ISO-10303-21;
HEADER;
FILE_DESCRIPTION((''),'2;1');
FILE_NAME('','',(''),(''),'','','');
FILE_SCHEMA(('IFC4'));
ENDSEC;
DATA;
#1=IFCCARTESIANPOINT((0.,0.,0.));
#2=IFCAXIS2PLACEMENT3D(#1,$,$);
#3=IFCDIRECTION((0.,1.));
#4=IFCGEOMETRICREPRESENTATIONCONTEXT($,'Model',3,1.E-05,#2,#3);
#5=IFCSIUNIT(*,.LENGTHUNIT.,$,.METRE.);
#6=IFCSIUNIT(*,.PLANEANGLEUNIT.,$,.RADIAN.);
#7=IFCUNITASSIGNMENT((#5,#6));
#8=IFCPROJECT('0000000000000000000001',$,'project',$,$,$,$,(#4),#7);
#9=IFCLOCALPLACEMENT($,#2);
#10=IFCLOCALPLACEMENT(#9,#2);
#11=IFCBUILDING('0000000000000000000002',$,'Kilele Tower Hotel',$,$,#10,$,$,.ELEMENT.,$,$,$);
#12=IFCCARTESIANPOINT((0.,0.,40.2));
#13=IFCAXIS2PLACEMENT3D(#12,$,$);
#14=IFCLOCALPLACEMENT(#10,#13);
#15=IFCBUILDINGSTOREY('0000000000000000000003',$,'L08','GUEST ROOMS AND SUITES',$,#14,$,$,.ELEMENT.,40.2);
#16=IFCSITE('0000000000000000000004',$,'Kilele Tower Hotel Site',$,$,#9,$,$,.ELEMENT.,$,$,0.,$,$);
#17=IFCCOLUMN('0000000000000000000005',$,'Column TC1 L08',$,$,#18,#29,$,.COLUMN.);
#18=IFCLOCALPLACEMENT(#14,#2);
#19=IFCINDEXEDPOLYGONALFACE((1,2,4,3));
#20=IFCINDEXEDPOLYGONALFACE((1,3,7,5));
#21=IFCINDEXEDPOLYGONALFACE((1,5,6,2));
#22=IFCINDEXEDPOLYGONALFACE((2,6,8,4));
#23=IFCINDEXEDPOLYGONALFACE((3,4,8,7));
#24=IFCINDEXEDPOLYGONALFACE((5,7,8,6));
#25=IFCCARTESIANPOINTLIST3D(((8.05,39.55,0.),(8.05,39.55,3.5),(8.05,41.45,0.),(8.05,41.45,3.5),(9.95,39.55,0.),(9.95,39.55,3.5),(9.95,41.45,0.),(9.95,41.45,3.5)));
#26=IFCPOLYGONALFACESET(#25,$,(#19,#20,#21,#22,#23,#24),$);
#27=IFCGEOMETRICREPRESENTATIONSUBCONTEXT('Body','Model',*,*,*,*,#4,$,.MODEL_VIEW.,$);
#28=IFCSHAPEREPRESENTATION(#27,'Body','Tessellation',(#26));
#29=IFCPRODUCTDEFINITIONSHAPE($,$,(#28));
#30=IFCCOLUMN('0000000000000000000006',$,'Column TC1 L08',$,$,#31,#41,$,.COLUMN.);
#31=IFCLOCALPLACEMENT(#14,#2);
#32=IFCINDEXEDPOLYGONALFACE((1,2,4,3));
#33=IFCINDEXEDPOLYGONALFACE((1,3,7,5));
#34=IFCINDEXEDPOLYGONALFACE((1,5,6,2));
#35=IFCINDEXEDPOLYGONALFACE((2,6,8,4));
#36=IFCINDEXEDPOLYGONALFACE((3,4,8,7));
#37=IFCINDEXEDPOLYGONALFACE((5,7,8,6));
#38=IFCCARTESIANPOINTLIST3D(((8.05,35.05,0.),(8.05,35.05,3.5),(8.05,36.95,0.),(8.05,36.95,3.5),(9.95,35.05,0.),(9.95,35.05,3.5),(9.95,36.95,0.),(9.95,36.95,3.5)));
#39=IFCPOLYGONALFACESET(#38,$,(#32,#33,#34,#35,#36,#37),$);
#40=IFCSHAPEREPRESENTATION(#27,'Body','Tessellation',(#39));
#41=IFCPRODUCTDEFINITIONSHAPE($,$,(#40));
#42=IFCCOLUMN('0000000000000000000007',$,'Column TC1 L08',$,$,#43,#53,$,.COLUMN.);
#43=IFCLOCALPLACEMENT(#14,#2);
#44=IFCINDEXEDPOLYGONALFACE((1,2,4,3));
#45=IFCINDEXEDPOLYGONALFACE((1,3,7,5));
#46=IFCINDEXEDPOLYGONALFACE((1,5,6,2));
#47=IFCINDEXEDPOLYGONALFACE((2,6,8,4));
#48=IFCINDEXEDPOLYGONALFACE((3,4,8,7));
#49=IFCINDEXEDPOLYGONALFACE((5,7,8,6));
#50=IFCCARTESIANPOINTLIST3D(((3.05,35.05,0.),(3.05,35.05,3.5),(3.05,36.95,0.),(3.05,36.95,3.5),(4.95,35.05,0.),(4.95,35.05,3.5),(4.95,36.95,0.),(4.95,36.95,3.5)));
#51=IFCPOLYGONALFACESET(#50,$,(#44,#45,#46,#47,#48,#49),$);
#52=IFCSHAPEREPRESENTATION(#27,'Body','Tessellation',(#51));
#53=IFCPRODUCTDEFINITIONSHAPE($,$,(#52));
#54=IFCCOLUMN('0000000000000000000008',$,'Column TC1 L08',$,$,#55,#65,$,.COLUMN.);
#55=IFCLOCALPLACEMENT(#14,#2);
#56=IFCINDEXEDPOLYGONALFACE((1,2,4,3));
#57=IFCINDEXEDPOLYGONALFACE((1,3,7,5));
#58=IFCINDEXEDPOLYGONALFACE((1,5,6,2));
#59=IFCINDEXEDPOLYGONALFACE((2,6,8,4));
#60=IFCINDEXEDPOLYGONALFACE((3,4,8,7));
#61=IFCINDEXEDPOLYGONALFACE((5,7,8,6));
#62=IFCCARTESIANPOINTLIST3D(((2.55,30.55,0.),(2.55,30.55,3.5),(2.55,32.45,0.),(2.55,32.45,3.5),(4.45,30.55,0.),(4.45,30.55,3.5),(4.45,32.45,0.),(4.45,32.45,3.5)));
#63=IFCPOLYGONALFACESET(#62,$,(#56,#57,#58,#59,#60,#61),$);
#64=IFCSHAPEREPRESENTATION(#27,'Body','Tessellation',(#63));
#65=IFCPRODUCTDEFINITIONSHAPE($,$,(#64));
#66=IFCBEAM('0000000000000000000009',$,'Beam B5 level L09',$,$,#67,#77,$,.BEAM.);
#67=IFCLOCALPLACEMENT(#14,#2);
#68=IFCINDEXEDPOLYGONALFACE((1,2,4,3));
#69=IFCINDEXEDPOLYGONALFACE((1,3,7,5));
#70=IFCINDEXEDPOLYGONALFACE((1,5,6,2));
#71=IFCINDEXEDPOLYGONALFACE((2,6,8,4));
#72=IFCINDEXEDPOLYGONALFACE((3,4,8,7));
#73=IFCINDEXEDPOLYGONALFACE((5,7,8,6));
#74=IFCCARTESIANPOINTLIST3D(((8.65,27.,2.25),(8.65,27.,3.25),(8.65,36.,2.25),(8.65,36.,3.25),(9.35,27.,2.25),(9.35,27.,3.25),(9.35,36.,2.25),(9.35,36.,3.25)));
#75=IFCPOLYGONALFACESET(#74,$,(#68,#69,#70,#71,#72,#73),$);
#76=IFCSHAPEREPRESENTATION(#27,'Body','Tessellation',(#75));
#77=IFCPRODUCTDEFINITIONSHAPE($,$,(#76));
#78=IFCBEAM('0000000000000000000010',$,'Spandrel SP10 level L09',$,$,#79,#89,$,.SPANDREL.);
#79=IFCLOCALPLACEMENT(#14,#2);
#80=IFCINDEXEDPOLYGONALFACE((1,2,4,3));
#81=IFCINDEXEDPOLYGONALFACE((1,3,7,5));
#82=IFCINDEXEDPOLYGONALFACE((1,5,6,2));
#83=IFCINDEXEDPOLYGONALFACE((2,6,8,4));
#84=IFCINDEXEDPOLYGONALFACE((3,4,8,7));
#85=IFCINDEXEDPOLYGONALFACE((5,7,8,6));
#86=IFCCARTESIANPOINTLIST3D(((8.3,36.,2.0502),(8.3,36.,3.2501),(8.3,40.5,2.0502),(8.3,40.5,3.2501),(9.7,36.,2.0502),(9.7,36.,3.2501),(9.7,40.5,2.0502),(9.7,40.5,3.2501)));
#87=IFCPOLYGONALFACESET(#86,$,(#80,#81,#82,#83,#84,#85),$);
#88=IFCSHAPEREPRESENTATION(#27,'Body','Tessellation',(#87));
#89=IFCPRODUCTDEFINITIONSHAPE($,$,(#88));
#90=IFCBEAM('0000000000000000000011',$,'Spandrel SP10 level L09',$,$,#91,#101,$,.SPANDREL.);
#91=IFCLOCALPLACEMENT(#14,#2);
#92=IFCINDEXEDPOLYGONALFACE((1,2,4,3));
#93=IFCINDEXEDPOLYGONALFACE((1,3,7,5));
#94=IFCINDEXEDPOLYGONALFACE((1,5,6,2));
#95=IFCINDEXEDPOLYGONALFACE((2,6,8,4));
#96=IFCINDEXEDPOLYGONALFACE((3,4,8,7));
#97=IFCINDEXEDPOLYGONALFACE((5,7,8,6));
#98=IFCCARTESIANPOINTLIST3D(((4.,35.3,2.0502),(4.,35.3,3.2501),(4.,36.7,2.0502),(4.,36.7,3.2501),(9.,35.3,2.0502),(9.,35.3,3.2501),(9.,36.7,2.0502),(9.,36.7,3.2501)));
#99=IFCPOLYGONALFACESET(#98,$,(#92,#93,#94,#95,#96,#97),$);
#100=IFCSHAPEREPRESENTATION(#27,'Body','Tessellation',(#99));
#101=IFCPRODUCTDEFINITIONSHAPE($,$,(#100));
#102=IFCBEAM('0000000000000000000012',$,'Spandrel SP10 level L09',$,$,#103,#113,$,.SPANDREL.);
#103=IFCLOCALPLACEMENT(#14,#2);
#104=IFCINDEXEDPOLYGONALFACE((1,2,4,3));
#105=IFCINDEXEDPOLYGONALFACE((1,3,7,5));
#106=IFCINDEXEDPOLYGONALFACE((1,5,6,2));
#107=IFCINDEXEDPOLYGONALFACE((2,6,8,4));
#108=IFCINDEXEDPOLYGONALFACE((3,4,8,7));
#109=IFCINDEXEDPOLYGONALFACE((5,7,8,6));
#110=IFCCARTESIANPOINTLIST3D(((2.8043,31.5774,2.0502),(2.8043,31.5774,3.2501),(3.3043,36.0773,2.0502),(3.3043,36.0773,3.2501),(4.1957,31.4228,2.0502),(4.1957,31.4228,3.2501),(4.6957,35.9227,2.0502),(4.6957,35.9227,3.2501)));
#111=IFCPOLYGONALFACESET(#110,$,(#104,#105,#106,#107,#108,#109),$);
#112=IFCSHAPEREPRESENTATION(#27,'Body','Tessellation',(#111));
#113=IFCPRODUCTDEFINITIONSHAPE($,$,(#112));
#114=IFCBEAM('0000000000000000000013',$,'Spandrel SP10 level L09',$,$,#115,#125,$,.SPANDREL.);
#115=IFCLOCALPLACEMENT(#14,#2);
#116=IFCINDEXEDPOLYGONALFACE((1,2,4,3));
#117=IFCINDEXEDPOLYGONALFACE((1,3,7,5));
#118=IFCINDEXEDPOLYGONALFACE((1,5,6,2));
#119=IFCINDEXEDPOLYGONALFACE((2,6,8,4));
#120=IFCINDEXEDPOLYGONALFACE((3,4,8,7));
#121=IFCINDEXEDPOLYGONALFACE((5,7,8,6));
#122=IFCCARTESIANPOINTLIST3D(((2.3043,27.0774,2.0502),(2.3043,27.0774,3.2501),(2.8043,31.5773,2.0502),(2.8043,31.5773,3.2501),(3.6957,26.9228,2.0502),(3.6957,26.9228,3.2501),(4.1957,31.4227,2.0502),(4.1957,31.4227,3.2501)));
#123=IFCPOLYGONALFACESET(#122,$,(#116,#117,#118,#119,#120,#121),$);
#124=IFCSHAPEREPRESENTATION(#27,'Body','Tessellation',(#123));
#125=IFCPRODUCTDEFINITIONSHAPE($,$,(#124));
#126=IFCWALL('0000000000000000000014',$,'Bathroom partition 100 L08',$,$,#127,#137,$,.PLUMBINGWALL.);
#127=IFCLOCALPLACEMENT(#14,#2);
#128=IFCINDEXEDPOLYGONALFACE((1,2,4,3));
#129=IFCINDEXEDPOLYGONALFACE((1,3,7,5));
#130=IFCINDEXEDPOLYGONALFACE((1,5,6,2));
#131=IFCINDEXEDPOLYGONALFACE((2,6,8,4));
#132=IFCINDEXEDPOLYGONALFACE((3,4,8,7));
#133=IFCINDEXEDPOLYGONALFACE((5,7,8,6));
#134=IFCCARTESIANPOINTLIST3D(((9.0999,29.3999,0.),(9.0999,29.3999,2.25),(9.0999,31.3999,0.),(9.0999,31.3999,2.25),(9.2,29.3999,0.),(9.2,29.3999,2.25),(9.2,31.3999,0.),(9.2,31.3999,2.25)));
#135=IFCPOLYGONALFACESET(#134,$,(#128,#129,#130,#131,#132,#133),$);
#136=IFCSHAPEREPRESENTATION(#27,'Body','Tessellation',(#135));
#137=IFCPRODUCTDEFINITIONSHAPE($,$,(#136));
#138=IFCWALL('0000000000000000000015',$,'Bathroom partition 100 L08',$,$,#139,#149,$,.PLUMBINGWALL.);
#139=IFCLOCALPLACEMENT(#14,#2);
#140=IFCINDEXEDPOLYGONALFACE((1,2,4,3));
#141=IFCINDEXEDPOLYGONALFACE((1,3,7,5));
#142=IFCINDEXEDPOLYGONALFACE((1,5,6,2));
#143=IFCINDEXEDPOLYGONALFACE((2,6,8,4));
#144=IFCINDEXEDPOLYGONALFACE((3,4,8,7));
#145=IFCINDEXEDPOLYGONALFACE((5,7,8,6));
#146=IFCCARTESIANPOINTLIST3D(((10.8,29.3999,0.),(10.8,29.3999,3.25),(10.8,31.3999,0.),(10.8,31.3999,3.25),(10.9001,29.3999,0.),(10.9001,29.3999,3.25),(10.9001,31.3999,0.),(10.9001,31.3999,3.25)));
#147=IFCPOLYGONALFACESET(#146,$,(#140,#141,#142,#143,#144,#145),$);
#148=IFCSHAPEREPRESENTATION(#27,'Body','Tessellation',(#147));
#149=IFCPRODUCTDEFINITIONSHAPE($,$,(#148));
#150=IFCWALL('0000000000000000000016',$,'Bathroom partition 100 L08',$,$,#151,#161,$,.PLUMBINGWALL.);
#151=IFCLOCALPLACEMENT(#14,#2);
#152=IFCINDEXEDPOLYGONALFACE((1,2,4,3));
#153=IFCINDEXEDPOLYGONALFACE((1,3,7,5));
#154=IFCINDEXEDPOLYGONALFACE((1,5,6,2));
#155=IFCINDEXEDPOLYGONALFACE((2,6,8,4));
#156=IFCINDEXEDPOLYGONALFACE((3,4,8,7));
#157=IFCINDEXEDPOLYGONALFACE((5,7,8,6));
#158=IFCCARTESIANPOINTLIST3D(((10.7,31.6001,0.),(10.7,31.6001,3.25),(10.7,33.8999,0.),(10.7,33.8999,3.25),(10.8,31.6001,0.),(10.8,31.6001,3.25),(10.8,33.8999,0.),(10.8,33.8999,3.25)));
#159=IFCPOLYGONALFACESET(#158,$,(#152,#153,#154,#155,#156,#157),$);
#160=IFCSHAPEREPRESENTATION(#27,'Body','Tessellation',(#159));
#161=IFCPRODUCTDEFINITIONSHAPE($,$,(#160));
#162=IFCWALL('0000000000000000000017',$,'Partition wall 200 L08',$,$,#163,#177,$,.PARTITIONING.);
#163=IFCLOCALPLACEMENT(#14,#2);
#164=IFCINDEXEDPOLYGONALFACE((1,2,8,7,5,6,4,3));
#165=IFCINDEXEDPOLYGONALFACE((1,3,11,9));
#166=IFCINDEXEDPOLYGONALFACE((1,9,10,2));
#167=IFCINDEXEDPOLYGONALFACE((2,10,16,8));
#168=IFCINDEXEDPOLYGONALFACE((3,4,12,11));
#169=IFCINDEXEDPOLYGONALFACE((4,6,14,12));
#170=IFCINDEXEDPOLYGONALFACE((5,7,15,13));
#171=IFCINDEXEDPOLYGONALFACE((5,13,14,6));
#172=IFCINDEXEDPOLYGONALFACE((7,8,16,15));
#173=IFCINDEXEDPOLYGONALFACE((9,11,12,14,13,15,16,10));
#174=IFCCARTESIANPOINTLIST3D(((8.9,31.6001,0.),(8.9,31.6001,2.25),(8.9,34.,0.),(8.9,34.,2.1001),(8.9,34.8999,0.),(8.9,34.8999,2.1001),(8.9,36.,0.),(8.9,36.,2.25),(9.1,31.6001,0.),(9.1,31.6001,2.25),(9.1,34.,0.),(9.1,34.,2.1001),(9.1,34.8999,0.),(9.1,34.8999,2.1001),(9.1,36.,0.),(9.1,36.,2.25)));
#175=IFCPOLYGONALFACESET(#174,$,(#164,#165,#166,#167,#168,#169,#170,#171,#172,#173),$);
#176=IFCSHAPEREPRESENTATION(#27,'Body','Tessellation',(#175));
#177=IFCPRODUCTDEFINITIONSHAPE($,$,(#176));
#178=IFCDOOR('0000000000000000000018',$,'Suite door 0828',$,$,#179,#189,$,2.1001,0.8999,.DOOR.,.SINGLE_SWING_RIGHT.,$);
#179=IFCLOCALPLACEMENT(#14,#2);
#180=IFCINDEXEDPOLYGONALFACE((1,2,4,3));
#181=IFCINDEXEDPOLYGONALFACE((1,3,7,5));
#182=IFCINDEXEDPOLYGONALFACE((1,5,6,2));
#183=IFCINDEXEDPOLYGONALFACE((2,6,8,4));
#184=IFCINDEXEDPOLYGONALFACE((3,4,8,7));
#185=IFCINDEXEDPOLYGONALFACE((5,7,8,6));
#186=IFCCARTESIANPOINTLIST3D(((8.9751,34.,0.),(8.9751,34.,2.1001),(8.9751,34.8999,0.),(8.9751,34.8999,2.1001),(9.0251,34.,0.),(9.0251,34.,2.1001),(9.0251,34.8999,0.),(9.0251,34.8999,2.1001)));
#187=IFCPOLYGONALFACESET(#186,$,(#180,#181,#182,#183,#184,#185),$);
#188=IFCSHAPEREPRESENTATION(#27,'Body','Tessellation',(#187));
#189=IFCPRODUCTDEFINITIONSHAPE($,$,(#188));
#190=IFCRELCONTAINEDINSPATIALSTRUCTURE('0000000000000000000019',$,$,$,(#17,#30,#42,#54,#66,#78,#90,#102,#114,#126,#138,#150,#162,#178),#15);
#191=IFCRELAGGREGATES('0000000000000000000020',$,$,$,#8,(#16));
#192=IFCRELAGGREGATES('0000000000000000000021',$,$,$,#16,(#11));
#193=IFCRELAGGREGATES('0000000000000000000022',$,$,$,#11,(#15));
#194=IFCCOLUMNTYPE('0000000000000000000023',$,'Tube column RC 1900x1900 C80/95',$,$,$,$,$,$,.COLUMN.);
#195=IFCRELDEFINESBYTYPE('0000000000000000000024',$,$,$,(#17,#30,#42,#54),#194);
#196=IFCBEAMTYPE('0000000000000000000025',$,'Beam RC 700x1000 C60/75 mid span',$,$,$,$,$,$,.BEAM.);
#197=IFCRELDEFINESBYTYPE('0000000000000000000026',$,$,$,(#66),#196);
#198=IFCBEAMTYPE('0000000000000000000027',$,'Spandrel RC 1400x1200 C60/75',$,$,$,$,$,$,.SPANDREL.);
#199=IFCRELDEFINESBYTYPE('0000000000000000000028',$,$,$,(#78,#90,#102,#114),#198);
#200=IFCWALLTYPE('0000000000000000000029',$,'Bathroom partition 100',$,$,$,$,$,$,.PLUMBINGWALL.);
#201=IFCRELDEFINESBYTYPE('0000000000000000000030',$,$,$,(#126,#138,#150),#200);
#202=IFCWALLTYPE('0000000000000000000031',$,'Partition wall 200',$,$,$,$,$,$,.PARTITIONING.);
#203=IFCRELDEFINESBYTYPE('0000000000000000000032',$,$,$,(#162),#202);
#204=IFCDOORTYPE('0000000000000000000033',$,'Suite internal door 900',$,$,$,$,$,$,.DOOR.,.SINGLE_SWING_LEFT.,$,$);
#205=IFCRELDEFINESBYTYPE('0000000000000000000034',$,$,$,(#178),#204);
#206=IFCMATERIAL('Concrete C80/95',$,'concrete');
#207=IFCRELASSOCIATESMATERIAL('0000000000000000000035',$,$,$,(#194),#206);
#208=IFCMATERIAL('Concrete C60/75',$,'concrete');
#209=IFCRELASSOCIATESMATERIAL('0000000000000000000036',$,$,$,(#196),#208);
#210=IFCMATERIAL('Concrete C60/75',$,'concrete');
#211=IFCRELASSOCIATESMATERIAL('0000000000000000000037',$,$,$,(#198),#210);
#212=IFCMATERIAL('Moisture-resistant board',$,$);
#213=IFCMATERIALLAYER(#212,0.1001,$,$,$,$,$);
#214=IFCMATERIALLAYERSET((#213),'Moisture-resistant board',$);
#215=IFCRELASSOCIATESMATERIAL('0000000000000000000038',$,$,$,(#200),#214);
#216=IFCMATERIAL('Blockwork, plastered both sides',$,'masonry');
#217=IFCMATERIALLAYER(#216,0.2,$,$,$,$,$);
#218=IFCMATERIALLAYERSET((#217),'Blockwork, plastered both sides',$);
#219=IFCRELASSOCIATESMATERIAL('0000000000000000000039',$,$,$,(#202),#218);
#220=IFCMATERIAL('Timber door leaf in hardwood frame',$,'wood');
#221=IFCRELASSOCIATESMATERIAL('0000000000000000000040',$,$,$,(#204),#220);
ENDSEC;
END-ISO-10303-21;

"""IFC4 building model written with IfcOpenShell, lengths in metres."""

from ifc_helpers import new_model, si_unit, direction, frame, frame_2d, origin, origin_2d, place, context, subcontext, project, spatial, rectangle, extrude, material, layer, layer_set, material_profile, profile_set, type_object, element, fill, save


model = new_model("IFC4")

# Units and contexts
model_context = context("Model", 3, precision=1e-05, world=origin(), true_north=direction((0.0, 1.0)))
body_context = subcontext(model_context, "Body", "Model", "MODEL_VIEW")
ifc_project = project(units=[si_unit("LENGTHUNIT", "METRE"), si_unit("PLANEANGLEUNIT", "RADIAN")], contexts=[model_context])

# Site, building, storey
site_placement = place(None, origin())
site = spatial("IfcSite", under=ifc_project, at=site_placement, Name="Kilele Tower Hotel Site", CompositionType="ELEMENT", RefElevation=0.0)
building_placement = place(site_placement, origin())
building = spatial("IfcBuilding", under=site, at=building_placement, Name="Kilele Tower Hotel", CompositionType="ELEMENT")
storey_placement = place(building_placement, frame((0.0, 0.0, 40.2)))
storey = spatial("IfcBuildingStorey", under=building, at=storey_placement, Name="L08", Description="GUEST ROOMS AND SUITES", CompositionType="ELEMENT", Elevation=40.2)

# Columns
ifc_material_1 = material(Name="Concrete C80/95", Category="concrete")
ifc_material_profile_1 = material_profile(ifc_material_1, rectangle(XDim=1.8999, YDim=1.8999, at=origin_2d()))
ifc_profile_set_1 = profile_set([ifc_material_profile_1], Name="Concrete C80/95")
column_type = type_object("IfcColumnType", Name="Tube column RC 1900x1900 C80/95", PredefinedType="COLUMN", material=ifc_profile_set_1)
for number, where, z_axis, x_axis, name in (
    (1, (9.0, 40.5, 0.0), (0.0, 0.0, 1.0), (1.0, 0.0, 0.0), "Column TC1 L08"),
    (2, (9.0, 36.0, 0.0), (0.0, 0.0, 1.0), (1.0, 0.0, 0.0), "Column TC1 L08"),
    (3, (4.0, 36.0, 0.0), (0.0, 0.0, 1.0), (1.0, 0.0, 0.0), "Column TC1 L08"),
    (4, (3.5, 31.5, 0.0), (0.0, 0.0, 1.0), (1.0, 0.0, 0.0), "Column TC1 L08"),
):
    element("IfcColumn", number, at=place(storey_placement, frame(where, z_axis=z_axis, x_axis=x_axis)), inside=storey, type_object=column_type, Name=name, PredefinedType="COLUMN", context=body_context, shape_type="SweptSolid", body=[
        extrude(rectangle(XDim=1.8999, YDim=1.8999, at=origin_2d()), origin(), (0.0, 0.0, 1.0), 3.5),
    ])

# Beams
ifc_material_2 = material(Name="Concrete C60/75", Category="concrete")
ifc_material_profile_2 = material_profile(ifc_material_2, rectangle(XDim=0.7, YDim=1.0, at=origin_2d()))
ifc_profile_set_2 = profile_set([ifc_material_profile_2], Name="Concrete C60/75")
beam_type_1 = type_object("IfcBeamType", Name="Beam RC 700x1000 C60/75 mid span", PredefinedType="BEAM", material=ifc_profile_set_2)
beam_1_placement = place(storey_placement, frame((9.0, 36.0, 2.75), z_axis=(0.0, -1.0, 0.0), x_axis=(1.0, 0.0, 0.0)))
element("IfcBeam", 5, at=beam_1_placement, inside=storey, type_object=beam_type_1, Name="Beam B5 level L09", PredefinedType="BEAM", context=body_context, shape_type="SweptSolid", body=[
    extrude(rectangle(XDim=0.7, YDim=1.0, at=origin_2d()), origin(), (0.0, 0.0, 1.0), 9.0),
])
ifc_material_3 = material(Name="Concrete C60/75", Category="concrete")
ifc_material_profile_3 = material_profile(ifc_material_3, rectangle(XDim=1.3999, YDim=1.2, at=origin_2d()))
ifc_profile_set_3 = profile_set([ifc_material_profile_3], Name="Concrete C60/75")
beam_type_2 = type_object("IfcBeamType", Name="Spandrel RC 1400x1200 C60/75", PredefinedType="SPANDREL", material=ifc_profile_set_3)
beam_2_placement = place(storey_placement, frame((9.0, 40.5, 2.6501), z_axis=(0.0, -1.0, 0.0), x_axis=(1.0, 0.0, 0.0)))
element("IfcBeam", 6, at=beam_2_placement, inside=storey, type_object=beam_type_2, Name="Spandrel SP10 level L09", PredefinedType="SPANDREL", context=body_context, shape_type="SweptSolid", body=[
    extrude(rectangle(XDim=1.3999, YDim=1.2, at=origin_2d()), origin(), (0.0, 0.0, 1.0), 4.5),
])
beam_3_placement = place(storey_placement, frame((9.0, 36.0, 2.6501), z_axis=(-1.0, 0.0, 0.0), x_axis=(0.0, -1.0, 0.0)))
element("IfcBeam", 7, at=beam_3_placement, inside=storey, type_object=beam_type_2, Name="Spandrel SP10 level L09", PredefinedType="SPANDREL", context=body_context, shape_type="SweptSolid", body=[
    extrude(rectangle(XDim=1.3999, YDim=1.2, at=origin_2d()), origin(), (0.0, 0.0, 1.0), 5.0),
])
for number, where, z_axis, x_axis, name in (
    (8, (4.0, 36.0, 2.6501), (-0.110432, -0.993884, 0.0), (0.993884, -0.110432, 0.0), "Spandrel SP10 level L09"),
    (9, (3.5, 31.5, 2.6501), (-0.110432, -0.993884, 0.0), (0.993884, -0.110432, 0.0), "Spandrel SP10 level L09"),
):
    element("IfcBeam", number, at=place(storey_placement, frame(where, z_axis=z_axis, x_axis=x_axis)), inside=storey, type_object=beam_type_2, Name=name, PredefinedType="SPANDREL", context=body_context, shape_type="SweptSolid", body=[
        extrude(rectangle(XDim=1.3999, YDim=1.2, at=origin_2d()), origin(), (0.0, 0.0, 1.0), 4.5276),
    ])

# Walls
ifc_material_4 = material(Name="Moisture-resistant board")
ifc_layer_1 = layer(ifc_material_4, 0.1001)
ifc_layer_set_1 = layer_set([ifc_layer_1], Name="Moisture-resistant board")
wall_type_1 = type_object("IfcWallType", Name="Bathroom partition 100", PredefinedType="PLUMBINGWALL", material=ifc_layer_set_1)
wall_1_placement = place(storey_placement, frame((9.1499, 31.3999, 0.0), z_axis=(0.0, 0.0, 1.0), x_axis=(0.0, -1.0, 0.0)))
element("IfcWall", 10, at=wall_1_placement, inside=storey, type_object=wall_type_1, Name="Bathroom partition 100 L08", PredefinedType="PLUMBINGWALL", context=body_context, shape_type="SweptSolid", body=[
    extrude(rectangle(XDim=2.0, YDim=0.1001, at=frame_2d((1.0, 0.0))), origin(), (0.0, 0.0, 1.0), 2.25),
])
wall_2_placement = place(storey_placement, frame((10.8501, 31.3999, 0.0), z_axis=(0.0, 0.0, 1.0), x_axis=(0.0, -1.0, 0.0)))
element("IfcWall", 11, at=wall_2_placement, inside=storey, type_object=wall_type_1, Name="Bathroom partition 100 L08", PredefinedType="PLUMBINGWALL", context=body_context, shape_type="SweptSolid", body=[
    extrude(rectangle(XDim=2.0, YDim=0.1001, at=frame_2d((1.0, 0.0))), origin(), (0.0, 0.0, 1.0), 3.25),
])
wall_3_placement = place(storey_placement, frame((10.75, 31.6001, 0.0), z_axis=(0.0, 0.0, 1.0), x_axis=(0.0, 1.0, 0.0)))
element("IfcWall", 12, at=wall_3_placement, inside=storey, type_object=wall_type_1, Name="Bathroom partition 100 L08", PredefinedType="PLUMBINGWALL", context=body_context, shape_type="SweptSolid", body=[
    extrude(rectangle(XDim=2.2998, YDim=0.1001, at=frame_2d((1.1499, 0.0))), origin(), (0.0, 0.0, 1.0), 3.25),
])

# Wall, opening, door
ifc_material_5 = material(Name="Blockwork, plastered both sides", Category="masonry")
ifc_layer_2 = layer(ifc_material_5, 0.2)
ifc_layer_set_2 = layer_set([ifc_layer_2], Name="Blockwork, plastered both sides")
wall_type_2 = type_object("IfcWallType", Name="Partition wall 200", PredefinedType="PARTITIONING", material=ifc_layer_set_2)
wall_4_placement = place(storey_placement, frame((9.0, 31.6001, 0.0), z_axis=(0.0, 0.0, 1.0), x_axis=(0.0, 1.0, 0.0)))
wall_4 = element("IfcWall", 13, at=wall_4_placement, inside=storey, type_object=wall_type_2, Name="Partition wall 200 L08", PredefinedType="PARTITIONING", context=body_context, shape_type="SweptSolid", body=[
    extrude(rectangle(XDim=4.3999, YDim=0.2, at=frame_2d((2.2, 0.0))), origin(), (0.0, 0.0, 1.0), 2.25),
])
opening_1_placement = place(wall_4_placement, frame((2.3999, 0.0, 0.0)))
opening_1 = element("IfcOpeningElement", 14, at=opening_1_placement, cuts=wall_4, PredefinedType="OPENING", context=body_context, shape_type="SweptSolid", body=[
    extrude(rectangle(XDim=0.8999, YDim=2.1001, at=frame_2d((0.45, 1.05))), frame((0.0, 0.1099, 0.0), z_axis=(0.0, -1.0, 0.0), x_axis=(1.0, 0.0, 0.0)), (0.0, 0.0, 1.0), 0.22),
])
ifc_material_6 = material(Name="Timber door leaf in hardwood frame", Category="wood")
door_type = type_object("IfcDoorType", Name="Suite internal door 900", OperationType="SINGLE_SWING_LEFT", PredefinedType="DOOR", material=ifc_material_6)
door_placement = place(opening_1_placement, origin())
door = element("IfcDoor", 15, at=door_placement, inside=storey, type_object=door_type, Name="Suite door 0828", OperationType="SINGLE_SWING_RIGHT", OverallHeight=2.1001, OverallWidth=0.8999, PredefinedType="DOOR", context=body_context, shape_type="SweptSolid", body=[
    extrude(rectangle(XDim=0.8999, YDim=2.1001, at=frame_2d((0.45, 1.05))), frame((0.0, 0.0249, 0.0), z_axis=(0.0, -1.0, 0.0), x_axis=(1.0, 0.0, 0.0)), (0.0, 0.0, 1.0), 0.05),
])
fill(opening_1, door)

save(model, "model.ifc")
